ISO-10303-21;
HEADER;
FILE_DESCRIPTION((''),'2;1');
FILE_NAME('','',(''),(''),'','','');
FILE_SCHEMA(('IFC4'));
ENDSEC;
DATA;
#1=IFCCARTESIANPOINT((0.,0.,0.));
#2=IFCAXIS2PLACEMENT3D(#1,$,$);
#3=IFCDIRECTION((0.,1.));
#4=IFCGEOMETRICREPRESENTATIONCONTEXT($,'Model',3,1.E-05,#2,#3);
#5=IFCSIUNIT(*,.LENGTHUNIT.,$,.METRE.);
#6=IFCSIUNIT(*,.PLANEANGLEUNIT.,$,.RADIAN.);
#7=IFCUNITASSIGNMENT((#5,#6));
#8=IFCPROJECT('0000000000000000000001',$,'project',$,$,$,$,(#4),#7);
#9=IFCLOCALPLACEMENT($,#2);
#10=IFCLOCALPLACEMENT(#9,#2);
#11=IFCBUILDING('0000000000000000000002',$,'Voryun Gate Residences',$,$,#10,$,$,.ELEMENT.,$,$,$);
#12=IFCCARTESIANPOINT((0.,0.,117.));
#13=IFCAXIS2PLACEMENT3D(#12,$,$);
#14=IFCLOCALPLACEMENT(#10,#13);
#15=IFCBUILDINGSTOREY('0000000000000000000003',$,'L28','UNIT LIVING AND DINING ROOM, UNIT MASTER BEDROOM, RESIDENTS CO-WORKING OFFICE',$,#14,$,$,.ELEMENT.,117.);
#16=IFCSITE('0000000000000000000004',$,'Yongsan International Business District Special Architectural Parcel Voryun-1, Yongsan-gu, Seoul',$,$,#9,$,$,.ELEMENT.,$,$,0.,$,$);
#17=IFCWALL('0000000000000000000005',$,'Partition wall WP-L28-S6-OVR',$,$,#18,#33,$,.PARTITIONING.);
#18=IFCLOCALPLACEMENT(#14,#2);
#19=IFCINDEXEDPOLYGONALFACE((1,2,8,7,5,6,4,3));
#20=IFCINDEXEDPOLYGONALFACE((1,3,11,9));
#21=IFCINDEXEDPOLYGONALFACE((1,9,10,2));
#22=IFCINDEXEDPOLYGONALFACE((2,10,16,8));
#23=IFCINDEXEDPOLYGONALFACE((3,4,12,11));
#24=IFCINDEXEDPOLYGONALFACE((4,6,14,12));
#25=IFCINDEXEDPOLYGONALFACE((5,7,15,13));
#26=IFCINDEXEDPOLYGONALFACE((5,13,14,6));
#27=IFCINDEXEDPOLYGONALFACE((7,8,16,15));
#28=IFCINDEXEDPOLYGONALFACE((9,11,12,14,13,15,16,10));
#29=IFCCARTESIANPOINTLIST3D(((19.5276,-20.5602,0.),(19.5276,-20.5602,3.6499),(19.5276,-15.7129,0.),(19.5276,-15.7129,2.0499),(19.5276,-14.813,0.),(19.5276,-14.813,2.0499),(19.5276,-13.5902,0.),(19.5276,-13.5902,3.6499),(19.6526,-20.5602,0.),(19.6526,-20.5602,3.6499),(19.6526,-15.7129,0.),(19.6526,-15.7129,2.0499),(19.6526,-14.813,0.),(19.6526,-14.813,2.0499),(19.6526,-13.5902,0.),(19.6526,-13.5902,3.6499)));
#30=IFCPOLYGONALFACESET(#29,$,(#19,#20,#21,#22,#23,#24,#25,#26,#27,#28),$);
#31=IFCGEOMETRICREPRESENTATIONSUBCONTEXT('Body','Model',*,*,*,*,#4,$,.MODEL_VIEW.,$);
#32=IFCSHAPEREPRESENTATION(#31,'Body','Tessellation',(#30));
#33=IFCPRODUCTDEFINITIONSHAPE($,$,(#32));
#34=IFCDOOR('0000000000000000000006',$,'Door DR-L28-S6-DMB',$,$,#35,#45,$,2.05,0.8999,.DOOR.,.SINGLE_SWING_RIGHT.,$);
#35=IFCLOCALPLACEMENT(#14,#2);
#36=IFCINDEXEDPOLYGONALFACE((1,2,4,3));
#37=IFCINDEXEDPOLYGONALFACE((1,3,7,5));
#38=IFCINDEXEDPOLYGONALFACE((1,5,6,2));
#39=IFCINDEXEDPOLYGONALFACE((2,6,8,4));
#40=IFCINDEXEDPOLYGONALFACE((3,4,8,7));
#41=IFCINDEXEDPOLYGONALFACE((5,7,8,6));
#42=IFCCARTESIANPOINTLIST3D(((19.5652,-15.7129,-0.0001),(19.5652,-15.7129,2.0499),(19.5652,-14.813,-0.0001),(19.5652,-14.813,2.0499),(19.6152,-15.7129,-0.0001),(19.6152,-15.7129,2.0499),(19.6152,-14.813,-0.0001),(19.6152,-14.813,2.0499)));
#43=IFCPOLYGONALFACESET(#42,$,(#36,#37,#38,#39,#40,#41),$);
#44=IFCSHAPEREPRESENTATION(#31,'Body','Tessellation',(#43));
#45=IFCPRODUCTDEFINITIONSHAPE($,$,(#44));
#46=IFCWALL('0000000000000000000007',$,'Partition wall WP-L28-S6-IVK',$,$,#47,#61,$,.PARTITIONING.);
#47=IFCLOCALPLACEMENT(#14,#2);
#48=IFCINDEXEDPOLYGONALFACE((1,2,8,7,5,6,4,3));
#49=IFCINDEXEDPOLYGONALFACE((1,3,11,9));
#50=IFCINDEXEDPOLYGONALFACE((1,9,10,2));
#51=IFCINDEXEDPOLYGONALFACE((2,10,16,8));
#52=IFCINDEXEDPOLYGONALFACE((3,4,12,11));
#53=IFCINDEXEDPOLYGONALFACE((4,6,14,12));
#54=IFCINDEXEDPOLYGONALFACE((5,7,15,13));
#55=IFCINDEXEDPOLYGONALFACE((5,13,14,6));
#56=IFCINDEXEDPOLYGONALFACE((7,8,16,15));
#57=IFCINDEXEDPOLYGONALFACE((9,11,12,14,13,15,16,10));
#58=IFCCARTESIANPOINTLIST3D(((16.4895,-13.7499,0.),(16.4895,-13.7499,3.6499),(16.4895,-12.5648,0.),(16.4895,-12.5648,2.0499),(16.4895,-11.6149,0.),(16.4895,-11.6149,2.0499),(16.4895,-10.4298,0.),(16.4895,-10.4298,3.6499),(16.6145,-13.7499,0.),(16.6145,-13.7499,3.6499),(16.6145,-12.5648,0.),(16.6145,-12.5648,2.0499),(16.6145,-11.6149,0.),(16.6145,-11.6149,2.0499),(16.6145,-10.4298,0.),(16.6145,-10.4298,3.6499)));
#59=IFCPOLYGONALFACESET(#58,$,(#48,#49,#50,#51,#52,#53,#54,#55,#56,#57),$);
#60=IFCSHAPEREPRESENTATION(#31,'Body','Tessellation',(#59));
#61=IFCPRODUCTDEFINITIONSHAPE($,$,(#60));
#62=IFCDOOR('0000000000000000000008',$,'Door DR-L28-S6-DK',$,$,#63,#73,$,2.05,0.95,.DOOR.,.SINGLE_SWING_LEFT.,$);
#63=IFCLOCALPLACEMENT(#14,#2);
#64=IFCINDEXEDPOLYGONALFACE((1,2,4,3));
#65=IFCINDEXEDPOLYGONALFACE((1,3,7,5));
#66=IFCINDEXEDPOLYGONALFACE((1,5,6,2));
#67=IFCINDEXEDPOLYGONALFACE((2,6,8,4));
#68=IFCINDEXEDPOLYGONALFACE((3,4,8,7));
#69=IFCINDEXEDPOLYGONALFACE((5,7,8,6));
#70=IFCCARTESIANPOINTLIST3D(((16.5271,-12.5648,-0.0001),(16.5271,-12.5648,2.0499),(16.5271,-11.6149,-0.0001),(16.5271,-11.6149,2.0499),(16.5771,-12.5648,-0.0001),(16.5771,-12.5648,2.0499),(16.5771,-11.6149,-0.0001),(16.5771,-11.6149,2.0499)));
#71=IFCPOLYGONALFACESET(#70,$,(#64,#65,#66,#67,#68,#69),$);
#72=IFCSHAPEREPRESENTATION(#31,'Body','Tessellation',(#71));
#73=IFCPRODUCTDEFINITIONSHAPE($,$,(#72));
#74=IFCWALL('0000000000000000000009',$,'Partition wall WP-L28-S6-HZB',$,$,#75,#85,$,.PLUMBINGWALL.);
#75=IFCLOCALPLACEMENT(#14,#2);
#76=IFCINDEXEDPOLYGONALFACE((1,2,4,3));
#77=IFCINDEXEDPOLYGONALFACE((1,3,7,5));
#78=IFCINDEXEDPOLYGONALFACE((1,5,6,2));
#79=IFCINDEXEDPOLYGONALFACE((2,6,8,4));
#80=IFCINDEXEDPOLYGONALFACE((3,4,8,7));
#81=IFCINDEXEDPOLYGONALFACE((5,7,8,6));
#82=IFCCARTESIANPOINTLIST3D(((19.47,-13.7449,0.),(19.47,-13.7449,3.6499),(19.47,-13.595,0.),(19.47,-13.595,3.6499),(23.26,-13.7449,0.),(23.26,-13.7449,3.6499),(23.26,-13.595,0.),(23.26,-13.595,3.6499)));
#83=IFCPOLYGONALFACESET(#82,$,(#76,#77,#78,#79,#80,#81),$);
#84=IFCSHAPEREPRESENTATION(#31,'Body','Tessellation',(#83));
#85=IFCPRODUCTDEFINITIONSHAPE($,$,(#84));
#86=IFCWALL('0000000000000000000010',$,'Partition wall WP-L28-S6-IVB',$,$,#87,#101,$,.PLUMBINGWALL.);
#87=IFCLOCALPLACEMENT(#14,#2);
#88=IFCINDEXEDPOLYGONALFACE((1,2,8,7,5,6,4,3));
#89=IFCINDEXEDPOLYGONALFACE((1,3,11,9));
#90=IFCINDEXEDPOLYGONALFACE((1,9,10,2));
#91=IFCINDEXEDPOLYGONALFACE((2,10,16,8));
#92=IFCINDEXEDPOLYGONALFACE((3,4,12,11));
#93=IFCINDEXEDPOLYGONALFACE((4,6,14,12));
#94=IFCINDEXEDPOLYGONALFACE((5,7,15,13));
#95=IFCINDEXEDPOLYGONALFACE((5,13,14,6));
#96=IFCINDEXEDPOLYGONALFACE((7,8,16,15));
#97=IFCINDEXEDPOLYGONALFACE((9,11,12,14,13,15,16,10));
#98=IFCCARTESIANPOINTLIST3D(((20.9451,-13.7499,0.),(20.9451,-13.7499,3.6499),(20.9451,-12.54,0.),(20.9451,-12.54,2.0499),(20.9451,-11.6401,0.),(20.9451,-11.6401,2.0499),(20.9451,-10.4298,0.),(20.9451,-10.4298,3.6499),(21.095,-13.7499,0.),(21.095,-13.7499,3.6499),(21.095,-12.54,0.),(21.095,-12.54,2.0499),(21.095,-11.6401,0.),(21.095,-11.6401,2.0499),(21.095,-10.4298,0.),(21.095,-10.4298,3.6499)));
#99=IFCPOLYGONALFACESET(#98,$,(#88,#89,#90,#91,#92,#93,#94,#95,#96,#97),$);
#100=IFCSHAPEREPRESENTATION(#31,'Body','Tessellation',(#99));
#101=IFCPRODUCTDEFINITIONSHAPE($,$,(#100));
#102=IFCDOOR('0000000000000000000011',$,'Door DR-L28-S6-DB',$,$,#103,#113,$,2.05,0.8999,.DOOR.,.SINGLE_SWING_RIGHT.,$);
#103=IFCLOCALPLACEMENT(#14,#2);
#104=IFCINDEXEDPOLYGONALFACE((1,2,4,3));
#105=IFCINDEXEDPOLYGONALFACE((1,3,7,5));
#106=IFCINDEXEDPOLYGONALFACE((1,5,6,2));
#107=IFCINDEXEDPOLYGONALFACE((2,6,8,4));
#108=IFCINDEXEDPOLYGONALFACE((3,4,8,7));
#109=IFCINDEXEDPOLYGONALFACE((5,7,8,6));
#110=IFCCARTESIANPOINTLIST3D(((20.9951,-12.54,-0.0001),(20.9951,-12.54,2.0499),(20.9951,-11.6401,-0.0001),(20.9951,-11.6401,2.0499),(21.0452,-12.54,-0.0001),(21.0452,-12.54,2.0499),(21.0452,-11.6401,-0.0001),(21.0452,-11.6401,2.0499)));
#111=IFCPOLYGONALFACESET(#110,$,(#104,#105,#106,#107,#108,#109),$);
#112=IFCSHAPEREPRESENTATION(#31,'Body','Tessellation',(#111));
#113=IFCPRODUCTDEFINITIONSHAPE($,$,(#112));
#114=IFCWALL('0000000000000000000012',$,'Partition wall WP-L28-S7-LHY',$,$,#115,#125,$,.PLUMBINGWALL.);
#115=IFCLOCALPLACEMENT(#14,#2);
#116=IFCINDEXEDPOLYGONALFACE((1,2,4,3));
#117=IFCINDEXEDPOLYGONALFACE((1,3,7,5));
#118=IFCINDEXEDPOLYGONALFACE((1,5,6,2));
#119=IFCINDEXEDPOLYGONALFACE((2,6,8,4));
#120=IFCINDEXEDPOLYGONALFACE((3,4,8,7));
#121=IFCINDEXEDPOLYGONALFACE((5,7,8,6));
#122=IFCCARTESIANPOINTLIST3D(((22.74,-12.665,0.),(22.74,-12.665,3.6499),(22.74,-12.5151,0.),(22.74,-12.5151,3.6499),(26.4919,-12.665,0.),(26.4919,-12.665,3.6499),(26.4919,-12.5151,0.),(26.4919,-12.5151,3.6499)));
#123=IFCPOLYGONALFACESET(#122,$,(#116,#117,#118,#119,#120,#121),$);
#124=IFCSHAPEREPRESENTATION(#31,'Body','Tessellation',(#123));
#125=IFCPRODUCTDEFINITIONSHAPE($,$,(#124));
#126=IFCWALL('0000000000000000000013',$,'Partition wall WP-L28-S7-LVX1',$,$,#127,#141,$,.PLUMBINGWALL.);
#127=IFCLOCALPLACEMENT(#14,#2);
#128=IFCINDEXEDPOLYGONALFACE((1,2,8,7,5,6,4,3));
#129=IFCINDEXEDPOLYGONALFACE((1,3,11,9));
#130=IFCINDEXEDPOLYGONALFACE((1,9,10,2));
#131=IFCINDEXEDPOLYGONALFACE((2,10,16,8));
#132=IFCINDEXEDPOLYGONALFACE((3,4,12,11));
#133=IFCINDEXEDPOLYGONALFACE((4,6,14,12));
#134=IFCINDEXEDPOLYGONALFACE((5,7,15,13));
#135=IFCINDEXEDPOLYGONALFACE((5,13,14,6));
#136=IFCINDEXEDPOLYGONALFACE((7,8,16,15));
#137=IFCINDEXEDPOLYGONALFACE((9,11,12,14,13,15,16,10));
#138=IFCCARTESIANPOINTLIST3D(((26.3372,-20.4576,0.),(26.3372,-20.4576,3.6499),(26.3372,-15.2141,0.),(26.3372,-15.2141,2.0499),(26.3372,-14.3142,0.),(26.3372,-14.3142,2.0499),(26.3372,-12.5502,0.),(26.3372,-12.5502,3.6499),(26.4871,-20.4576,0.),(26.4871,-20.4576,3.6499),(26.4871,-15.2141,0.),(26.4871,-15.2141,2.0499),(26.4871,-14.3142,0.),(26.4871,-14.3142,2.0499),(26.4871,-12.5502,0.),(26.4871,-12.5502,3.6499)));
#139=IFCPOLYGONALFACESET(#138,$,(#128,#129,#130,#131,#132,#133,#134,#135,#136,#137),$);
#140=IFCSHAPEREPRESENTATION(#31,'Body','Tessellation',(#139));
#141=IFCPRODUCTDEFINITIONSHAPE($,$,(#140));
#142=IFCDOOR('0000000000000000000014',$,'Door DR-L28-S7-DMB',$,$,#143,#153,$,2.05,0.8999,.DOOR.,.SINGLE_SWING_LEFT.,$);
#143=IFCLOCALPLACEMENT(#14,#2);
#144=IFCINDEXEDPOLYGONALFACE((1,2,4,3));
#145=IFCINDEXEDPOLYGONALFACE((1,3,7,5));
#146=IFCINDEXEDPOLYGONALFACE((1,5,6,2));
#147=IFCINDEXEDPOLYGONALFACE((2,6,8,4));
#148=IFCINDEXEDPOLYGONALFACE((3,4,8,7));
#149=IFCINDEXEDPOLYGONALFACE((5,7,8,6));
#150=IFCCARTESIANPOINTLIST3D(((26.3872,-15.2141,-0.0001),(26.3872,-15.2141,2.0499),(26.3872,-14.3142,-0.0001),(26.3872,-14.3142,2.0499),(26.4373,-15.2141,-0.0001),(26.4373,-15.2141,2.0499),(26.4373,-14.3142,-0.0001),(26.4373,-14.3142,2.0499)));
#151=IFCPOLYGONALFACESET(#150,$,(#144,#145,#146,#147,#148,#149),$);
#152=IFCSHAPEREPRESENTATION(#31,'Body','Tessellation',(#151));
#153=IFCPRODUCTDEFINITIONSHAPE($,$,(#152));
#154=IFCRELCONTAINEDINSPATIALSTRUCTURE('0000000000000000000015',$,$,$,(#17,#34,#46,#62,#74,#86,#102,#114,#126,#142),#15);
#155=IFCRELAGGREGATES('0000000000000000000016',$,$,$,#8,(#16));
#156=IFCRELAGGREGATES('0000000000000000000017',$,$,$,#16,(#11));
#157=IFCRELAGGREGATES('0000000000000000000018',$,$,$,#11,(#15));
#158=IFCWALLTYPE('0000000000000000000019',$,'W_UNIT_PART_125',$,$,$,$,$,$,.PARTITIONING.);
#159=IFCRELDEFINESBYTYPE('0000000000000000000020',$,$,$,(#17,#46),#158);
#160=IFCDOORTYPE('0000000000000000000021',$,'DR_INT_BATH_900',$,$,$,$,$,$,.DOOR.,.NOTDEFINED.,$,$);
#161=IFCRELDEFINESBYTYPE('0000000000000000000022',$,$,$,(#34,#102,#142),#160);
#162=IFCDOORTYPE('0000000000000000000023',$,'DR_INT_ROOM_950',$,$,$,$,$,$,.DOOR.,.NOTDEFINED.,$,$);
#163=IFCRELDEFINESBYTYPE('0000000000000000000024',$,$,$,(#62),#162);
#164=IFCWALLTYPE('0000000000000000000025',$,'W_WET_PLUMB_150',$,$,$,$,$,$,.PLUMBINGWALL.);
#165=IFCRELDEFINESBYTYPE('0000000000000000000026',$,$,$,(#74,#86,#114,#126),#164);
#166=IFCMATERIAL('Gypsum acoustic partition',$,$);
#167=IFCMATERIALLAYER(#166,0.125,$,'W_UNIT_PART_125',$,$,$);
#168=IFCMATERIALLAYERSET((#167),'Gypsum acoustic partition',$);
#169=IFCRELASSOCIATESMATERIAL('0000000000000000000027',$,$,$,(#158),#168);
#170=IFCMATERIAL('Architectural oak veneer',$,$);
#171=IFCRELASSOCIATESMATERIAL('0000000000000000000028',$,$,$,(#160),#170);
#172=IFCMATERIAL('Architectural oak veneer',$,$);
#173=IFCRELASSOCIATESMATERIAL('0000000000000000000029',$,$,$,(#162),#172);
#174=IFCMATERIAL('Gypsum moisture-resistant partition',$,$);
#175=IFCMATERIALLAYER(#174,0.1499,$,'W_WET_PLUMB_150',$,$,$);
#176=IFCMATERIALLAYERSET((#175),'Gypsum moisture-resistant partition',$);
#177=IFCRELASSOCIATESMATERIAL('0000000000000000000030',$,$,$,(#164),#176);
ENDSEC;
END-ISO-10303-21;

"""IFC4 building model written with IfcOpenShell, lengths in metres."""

from ifc_helpers import new_model, si_unit, direction, frame, frame_2d, origin, place, context, subcontext, project, spatial, rectangle, extrude, material, layer, layer_set, type_object, element, fill, save


model = new_model("IFC4")

# Units and contexts
model_context = context("Model", 3, precision=1e-05, world=origin(), true_north=direction((0.0, 1.0)))
body_context = subcontext(model_context, "Body", "Model", "MODEL_VIEW")
ifc_project = project(units=[si_unit("LENGTHUNIT", "METRE"), si_unit("PLANEANGLEUNIT", "RADIAN")], contexts=[model_context])

# Site, building, storey
site_placement = place(None, origin())
site = spatial("IfcSite", under=ifc_project, at=site_placement, Name="Yongsan International Business District Special Architectural Parcel Voryun-1, Yongsan-gu, Seoul", CompositionType="ELEMENT", RefElevation=0.0)
building_placement = place(site_placement, origin())
building = spatial("IfcBuilding", under=site, at=building_placement, Name="Voryun Gate Residences", CompositionType="ELEMENT")
storey_placement = place(building_placement, frame((0.0, 0.0, 117.0)))
storey = spatial("IfcBuildingStorey", under=building, at=storey_placement, Name="L28", Description="UNIT LIVING AND DINING ROOM, UNIT MASTER BEDROOM, RESIDENTS CO-WORKING OFFICE", CompositionType="ELEMENT", Elevation=117.0)

# Walls, openings, doors
ifc_material_1 = material(Name="Gypsum acoustic partition")
ifc_layer_1 = layer(ifc_material_1, 0.125, Name="W_UNIT_PART_125")
ifc_layer_set_1 = layer_set([ifc_layer_1], Name="Gypsum acoustic partition")
wall_type_1 = type_object("IfcWallType", Name="W_UNIT_PART_125", PredefinedType="PARTITIONING", material=ifc_layer_set_1)
wall_1_placement = place(storey_placement, frame((19.5901, -20.5601, 0.0), z_axis=(0.0, 0.0, 1.0), x_axis=(0.0, 1.0, 0.0)))
wall_1 = element("IfcWall", 1, at=wall_1_placement, inside=storey, type_object=wall_type_1, Name="Partition wall WP-L28-S6-OVR", PredefinedType="PARTITIONING", context=body_context, shape_type="SweptSolid", body=[
    extrude(rectangle(XDim=6.97, YDim=0.125, at=frame_2d((3.4849, 0.0))), origin(), (0.0, 0.0, 1.0), 3.6499),
])
opening_1_placement = place(wall_1_placement, frame((4.8472, 0.0, 0.0)))
opening_1 = element("IfcOpeningElement", 2, at=opening_1_placement, cuts=wall_1, PredefinedType="OPENING", context=body_context, shape_type="SweptSolid", body=[
    extrude(rectangle(XDim=0.8999, YDim=2.05, at=frame_2d((0.45, 1.0249))), frame((0.0, 0.0725, 0.0), z_axis=(0.0, -1.0, 0.0), x_axis=(1.0, 0.0, 0.0)), (0.0, 0.0, 1.0), 0.145),
])
ifc_material_2 = material(Name="Architectural oak veneer")
door_type_1 = type_object("IfcDoorType", Name="DR_INT_BATH_900", OperationType="NOTDEFINED", PredefinedType="DOOR", material=ifc_material_2)
door_1_placement = place(opening_1_placement, origin())
door_1 = element("IfcDoor", 3, at=door_1_placement, inside=storey, type_object=door_type_1, Name="Door DR-L28-S6-DMB", OperationType="SINGLE_SWING_RIGHT", OverallHeight=2.05, OverallWidth=0.8999, PredefinedType="DOOR", context=body_context, shape_type="SweptSolid", body=[
    extrude(rectangle(XDim=0.8999, YDim=2.05, at=frame_2d((0.45, 1.0249))), frame((0.0, 0.0249, 0.0), z_axis=(0.0, -1.0, 0.0), x_axis=(1.0, 0.0, 0.0)), (0.0, 0.0, 1.0), 0.05),
])
fill(opening_1, door_1)
wall_2_placement = place(storey_placement, frame((16.552, -13.75, 0.0), z_axis=(0.0, 0.0, 1.0), x_axis=(0.0, 1.0, 0.0)))
wall_2 = element("IfcWall", 4, at=wall_2_placement, inside=storey, type_object=wall_type_1, Name="Partition wall WP-L28-S6-IVK", PredefinedType="PARTITIONING", context=body_context, shape_type="SweptSolid", body=[
    extrude(rectangle(XDim=3.3201, YDim=0.125, at=frame_2d((1.6602, 0.0))), origin(), (0.0, 0.0, 1.0), 3.6499),
])
opening_2_placement = place(wall_2_placement, frame((1.1851, 0.0, 0.0)))
opening_2 = element("IfcOpeningElement", 5, at=opening_2_placement, cuts=wall_2, PredefinedType="OPENING", context=body_context, shape_type="SweptSolid", body=[
    extrude(rectangle(XDim=0.95, YDim=2.05, at=frame_2d((0.4751, 1.0249))), frame((0.0, 0.0725, 0.0), z_axis=(0.0, -1.0, 0.0), x_axis=(1.0, 0.0, 0.0)), (0.0, 0.0, 1.0), 0.145),
])
ifc_material_3 = material(Name="Architectural oak veneer")
door_type_2 = type_object("IfcDoorType", Name="DR_INT_ROOM_950", OperationType="NOTDEFINED", PredefinedType="DOOR", material=ifc_material_3)
door_2_placement = place(opening_2_placement, origin())
door_2 = element("IfcDoor", 6, at=door_2_placement, inside=storey, type_object=door_type_2, Name="Door DR-L28-S6-DK", OperationType="SINGLE_SWING_LEFT", OverallHeight=2.05, OverallWidth=0.95, PredefinedType="DOOR", context=body_context, shape_type="SweptSolid", body=[
    extrude(rectangle(XDim=0.95, YDim=2.05, at=frame_2d((0.4751, 1.0249))), frame((0.0, 0.0249, 0.0), z_axis=(0.0, -1.0, 0.0), x_axis=(1.0, 0.0, 0.0)), (0.0, 0.0, 1.0), 0.05),
])
fill(opening_2, door_2)

# Wall
ifc_material_4 = material(Name="Gypsum moisture-resistant partition")
ifc_layer_2 = layer(ifc_material_4, 0.1499, Name="W_WET_PLUMB_150")
ifc_layer_set_2 = layer_set([ifc_layer_2], Name="Gypsum moisture-resistant partition")
wall_type_2 = type_object("IfcWallType", Name="W_WET_PLUMB_150", PredefinedType="PLUMBINGWALL", material=ifc_layer_set_2)
wall_3_placement = place(storey_placement, frame((19.47, -13.6699, 0.0), z_axis=(0.0, 0.0, 1.0), x_axis=(1.0, 0.0, 0.0)))
element("IfcWall", 7, at=wall_3_placement, inside=storey, type_object=wall_type_2, Name="Partition wall WP-L28-S6-HZB", PredefinedType="PLUMBINGWALL", context=body_context, shape_type="SweptSolid", body=[
    extrude(rectangle(XDim=3.79, YDim=0.1499, at=frame_2d((1.895, 0.0))), origin(), (0.0, 0.0, 1.0), 3.6499),
])

# Wall, opening, door
wall_4_placement = place(storey_placement, frame((21.02, -13.75, 0.0), z_axis=(0.0, 0.0, 1.0), x_axis=(0.0, 1.0, 0.0)))
wall_4 = element("IfcWall", 8, at=wall_4_placement, inside=storey, type_object=wall_type_2, Name="Partition wall WP-L28-S6-IVB", PredefinedType="PLUMBINGWALL", context=body_context, shape_type="SweptSolid", body=[
    extrude(rectangle(XDim=3.3201, YDim=0.1499, at=frame_2d((1.6602, 0.0))), origin(), (0.0, 0.0, 1.0), 3.6499),
])
opening_3_placement = place(wall_4_placement, frame((1.21, 0.0, 0.0)))
opening_3 = element("IfcOpeningElement", 9, at=opening_3_placement, cuts=wall_4, PredefinedType="OPENING", context=body_context, shape_type="SweptSolid", body=[
    extrude(rectangle(XDim=0.8999, YDim=2.05, at=frame_2d((0.45, 1.0249))), frame((0.0, 0.085, 0.0), z_axis=(0.0, -1.0, 0.0), x_axis=(1.0, 0.0, 0.0)), (0.0, 0.0, 1.0), 0.1699),
])
door_3_placement = place(opening_3_placement, origin())
door_3 = element("IfcDoor", 10, at=door_3_placement, inside=storey, type_object=door_type_1, Name="Door DR-L28-S6-DB", OperationType="SINGLE_SWING_RIGHT", OverallHeight=2.05, OverallWidth=0.8999, PredefinedType="DOOR", context=body_context, shape_type="SweptSolid", body=[
    extrude(rectangle(XDim=0.8999, YDim=2.05, at=frame_2d((0.45, 1.0249))), frame((0.0, 0.0249, 0.0), z_axis=(0.0, -1.0, 0.0), x_axis=(1.0, 0.0, 0.0)), (0.0, 0.0, 1.0), 0.05),
])
fill(opening_3, door_3)

# Wall
wall_5_placement = place(storey_placement, frame((22.74, -12.5901, 0.0), z_axis=(0.0, 0.0, 1.0), x_axis=(1.0, 0.0, 0.0)))
element("IfcWall", 11, at=wall_5_placement, inside=storey, type_object=wall_type_2, Name="Partition wall WP-L28-S7-LHY", PredefinedType="PLUMBINGWALL", context=body_context, shape_type="SweptSolid", body=[
    extrude(rectangle(XDim=3.752, YDim=0.1499, at=frame_2d((1.876, 0.0))), origin(), (0.0, 0.0, 1.0), 3.6499),
])

# Wall, opening, door
wall_6_placement = place(storey_placement, frame((26.4121, -20.4575, 0.0), z_axis=(0.0, 0.0, 1.0), x_axis=(0.0, 1.0, 0.0)))
wall_6 = element("IfcWall", 12, at=wall_6_placement, inside=storey, type_object=wall_type_2, Name="Partition wall WP-L28-S7-LVX1", PredefinedType="PLUMBINGWALL", context=body_context, shape_type="SweptSolid", body=[
    extrude(rectangle(XDim=7.9075, YDim=0.1499, at=frame_2d((3.9536, 0.0))), origin(), (0.0, 0.0, 1.0), 3.6499),
])
opening_4_placement = place(wall_6_placement, frame((5.2434, 0.0, 0.0)))
opening_4 = element("IfcOpeningElement", 13, at=opening_4_placement, cuts=wall_6, PredefinedType="OPENING", context=body_context, shape_type="SweptSolid", body=[
    extrude(rectangle(XDim=0.8999, YDim=2.05, at=frame_2d((0.45, 1.0249))), frame((0.0, 0.085, 0.0), z_axis=(0.0, -1.0, 0.0), x_axis=(1.0, 0.0, 0.0)), (0.0, 0.0, 1.0), 0.1699),
])
door_4_placement = place(opening_4_placement, origin())
door_4 = element("IfcDoor", 14, at=door_4_placement, inside=storey, type_object=door_type_1, Name="Door DR-L28-S7-DMB", OperationType="SINGLE_SWING_LEFT", OverallHeight=2.05, OverallWidth=0.8999, PredefinedType="DOOR", context=body_context, shape_type="SweptSolid", body=[
    extrude(rectangle(XDim=0.8999, YDim=2.05, at=frame_2d((0.45, 1.0249))), frame((0.0, 0.0249, 0.0), z_axis=(0.0, -1.0, 0.0), x_axis=(1.0, 0.0, 0.0)), (0.0, 0.0, 1.0), 0.05),
])
fill(opening_4, door_4)

save(model, "model.ifc")
